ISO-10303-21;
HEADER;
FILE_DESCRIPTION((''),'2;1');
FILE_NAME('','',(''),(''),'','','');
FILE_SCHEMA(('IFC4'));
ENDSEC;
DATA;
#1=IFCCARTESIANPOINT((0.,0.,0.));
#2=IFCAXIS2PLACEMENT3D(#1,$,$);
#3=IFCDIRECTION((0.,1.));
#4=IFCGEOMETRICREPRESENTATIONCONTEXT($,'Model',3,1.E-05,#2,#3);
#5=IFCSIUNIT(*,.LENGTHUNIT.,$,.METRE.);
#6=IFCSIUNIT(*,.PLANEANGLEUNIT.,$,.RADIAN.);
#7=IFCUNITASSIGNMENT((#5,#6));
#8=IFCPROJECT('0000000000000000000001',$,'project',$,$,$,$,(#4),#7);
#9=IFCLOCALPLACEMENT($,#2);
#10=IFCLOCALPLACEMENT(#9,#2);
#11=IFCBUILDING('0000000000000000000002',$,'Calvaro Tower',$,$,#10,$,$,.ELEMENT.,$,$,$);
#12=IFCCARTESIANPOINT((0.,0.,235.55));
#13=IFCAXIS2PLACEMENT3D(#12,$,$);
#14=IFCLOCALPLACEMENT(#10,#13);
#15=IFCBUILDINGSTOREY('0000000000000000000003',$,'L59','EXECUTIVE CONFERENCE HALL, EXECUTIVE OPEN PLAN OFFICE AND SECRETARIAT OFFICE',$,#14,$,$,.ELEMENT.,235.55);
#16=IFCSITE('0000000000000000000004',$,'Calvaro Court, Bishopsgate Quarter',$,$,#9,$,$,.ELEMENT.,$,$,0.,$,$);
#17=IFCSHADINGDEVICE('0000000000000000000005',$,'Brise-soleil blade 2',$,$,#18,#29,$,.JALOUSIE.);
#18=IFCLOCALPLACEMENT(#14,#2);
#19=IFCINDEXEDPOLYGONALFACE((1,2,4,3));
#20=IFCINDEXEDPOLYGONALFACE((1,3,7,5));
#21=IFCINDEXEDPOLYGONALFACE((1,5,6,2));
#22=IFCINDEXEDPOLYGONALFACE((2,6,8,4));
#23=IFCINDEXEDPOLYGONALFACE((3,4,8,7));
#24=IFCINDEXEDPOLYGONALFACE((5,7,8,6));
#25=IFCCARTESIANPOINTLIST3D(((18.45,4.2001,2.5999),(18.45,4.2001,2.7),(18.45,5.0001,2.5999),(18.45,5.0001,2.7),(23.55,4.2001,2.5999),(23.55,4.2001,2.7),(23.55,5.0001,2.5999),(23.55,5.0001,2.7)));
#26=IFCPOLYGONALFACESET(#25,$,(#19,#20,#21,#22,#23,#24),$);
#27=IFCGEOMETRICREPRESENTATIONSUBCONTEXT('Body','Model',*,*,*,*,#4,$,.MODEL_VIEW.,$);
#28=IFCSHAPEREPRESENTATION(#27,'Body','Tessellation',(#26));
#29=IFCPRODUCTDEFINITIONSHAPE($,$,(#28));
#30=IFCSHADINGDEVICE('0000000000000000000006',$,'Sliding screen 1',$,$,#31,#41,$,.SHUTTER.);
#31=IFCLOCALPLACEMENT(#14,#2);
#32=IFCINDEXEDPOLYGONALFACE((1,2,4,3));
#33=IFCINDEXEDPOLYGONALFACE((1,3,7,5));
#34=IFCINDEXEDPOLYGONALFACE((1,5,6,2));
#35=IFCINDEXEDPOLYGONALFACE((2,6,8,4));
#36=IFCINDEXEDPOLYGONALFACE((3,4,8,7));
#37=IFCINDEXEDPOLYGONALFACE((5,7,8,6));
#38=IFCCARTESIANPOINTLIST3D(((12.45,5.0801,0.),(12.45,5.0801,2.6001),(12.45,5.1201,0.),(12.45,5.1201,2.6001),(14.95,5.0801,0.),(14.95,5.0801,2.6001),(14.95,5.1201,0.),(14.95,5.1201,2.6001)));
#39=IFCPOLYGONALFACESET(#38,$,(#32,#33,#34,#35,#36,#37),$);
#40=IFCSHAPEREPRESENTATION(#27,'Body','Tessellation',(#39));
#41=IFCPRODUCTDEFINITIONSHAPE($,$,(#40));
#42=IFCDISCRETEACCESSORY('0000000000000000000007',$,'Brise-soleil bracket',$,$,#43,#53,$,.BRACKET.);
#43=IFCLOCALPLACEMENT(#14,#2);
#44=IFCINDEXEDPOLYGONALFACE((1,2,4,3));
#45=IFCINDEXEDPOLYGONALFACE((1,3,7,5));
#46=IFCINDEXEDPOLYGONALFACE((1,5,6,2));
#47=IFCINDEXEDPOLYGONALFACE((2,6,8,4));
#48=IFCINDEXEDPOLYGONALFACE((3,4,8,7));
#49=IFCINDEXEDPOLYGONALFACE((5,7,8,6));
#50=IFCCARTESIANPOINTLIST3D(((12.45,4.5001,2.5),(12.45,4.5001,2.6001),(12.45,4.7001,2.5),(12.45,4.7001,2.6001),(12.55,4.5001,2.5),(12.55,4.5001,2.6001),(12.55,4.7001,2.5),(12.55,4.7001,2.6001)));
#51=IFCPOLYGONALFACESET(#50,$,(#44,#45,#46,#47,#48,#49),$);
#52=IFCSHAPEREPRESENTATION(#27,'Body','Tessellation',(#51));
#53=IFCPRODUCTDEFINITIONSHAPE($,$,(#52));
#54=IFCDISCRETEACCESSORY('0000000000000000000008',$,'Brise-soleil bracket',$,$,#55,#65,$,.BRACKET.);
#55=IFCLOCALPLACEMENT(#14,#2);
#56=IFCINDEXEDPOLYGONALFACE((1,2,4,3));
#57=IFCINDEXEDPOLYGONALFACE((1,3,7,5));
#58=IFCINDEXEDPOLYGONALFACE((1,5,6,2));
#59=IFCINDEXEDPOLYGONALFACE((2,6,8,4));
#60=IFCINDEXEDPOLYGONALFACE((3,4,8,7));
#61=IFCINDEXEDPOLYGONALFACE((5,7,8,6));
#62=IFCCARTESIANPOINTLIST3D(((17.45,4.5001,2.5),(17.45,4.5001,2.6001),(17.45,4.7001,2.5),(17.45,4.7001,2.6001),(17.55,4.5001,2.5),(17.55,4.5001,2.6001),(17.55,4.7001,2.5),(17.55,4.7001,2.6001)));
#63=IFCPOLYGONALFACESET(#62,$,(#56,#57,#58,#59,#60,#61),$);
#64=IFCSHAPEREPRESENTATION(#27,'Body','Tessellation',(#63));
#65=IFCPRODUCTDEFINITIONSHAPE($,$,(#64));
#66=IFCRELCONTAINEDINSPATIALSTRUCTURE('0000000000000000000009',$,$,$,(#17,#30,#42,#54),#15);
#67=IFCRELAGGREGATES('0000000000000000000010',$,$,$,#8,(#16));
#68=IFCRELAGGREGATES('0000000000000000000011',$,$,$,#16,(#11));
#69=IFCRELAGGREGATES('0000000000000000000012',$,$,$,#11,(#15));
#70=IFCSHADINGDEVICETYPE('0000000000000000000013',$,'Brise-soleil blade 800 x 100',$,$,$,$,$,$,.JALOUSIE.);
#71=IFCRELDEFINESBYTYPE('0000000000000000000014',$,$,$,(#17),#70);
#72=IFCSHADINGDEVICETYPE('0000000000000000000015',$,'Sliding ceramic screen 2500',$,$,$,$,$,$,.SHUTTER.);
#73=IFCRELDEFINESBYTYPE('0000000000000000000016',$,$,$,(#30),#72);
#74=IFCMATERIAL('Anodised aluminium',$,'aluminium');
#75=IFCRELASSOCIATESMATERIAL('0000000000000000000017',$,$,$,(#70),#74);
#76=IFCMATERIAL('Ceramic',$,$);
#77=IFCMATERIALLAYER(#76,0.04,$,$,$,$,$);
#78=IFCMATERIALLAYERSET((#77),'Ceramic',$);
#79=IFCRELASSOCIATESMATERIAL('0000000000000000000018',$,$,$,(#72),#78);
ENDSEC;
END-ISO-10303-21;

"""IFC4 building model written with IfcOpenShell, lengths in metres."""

from ifc_helpers import new_model, si_unit, direction, frame, origin, origin_2d, place, context, subcontext, project, spatial, rectangle, extrude, material, layer, layer_set, material_profile, profile_set, type_object, element, save


model = new_model("IFC4")

# Units and contexts
model_context = context("Model", 3, precision=1e-05, world=origin(), true_north=direction((0.0, 1.0)))
body_context = subcontext(model_context, "Body", "Model", "MODEL_VIEW")
ifc_project = project(units=[si_unit("LENGTHUNIT", "METRE"), si_unit("PLANEANGLEUNIT", "RADIAN")], contexts=[model_context])

# Site, building, storey
site_placement = place(None, origin())
site = spatial("IfcSite", under=ifc_project, at=site_placement, Name="Calvaro Court, Bishopsgate Quarter", CompositionType="ELEMENT", RefElevation=0.0)
building_placement = place(site_placement, origin())
building = spatial("IfcBuilding", under=site, at=building_placement, Name="Calvaro Tower", CompositionType="ELEMENT")
storey_placement = place(building_placement, frame((0.0, 0.0, 235.55)))
storey = spatial("IfcBuildingStorey", under=building, at=storey_placement, Name="L59", Description="EXECUTIVE CONFERENCE HALL, EXECUTIVE OPEN PLAN OFFICE AND SECRETARIAT OFFICE", CompositionType="ELEMENT", Elevation=235.55)

# Shading devices
ifc_material_1 = material(Name="Anodised aluminium", Category="aluminium")
ifc_material_profile_1 = material_profile(ifc_material_1, rectangle(XDim=0.8, YDim=0.1001, at=origin_2d()), Name="Brise-soleil blade 800 x 100")
ifc_profile_set_1 = profile_set([ifc_material_profile_1], Name="Anodised aluminium")
shading_device_type_1 = type_object("IfcShadingDeviceType", Name="Brise-soleil blade 800 x 100", PredefinedType="JALOUSIE", material=ifc_profile_set_1)
for number, where, z_axis, x_axis, name in (
    (1, (18.45, 4.6001, 2.6499), (1.0, 0.0, 0.0), (0.0, 1.0, 0.0), "Brise-soleil blade 2"),
):
    element("IfcShadingDevice", number, at=place(storey_placement, frame(where, z_axis=z_axis, x_axis=x_axis)), inside=storey, type_object=shading_device_type_1, Name=name, PredefinedType="JALOUSIE", context=body_context, shape_type="SweptSolid", body=[
        extrude(rectangle(XDim=0.8, YDim=0.1001, at=origin_2d()), origin(), (0.0, 0.0, 1.0), 5.1001),
    ])
ifc_material_2 = material(Name="Ceramic")
ifc_layer_1 = layer(ifc_material_2, 0.04)
ifc_layer_set_1 = layer_set([ifc_layer_1], Name="Ceramic")
shading_device_type_2 = type_object("IfcShadingDeviceType", Name="Sliding ceramic screen 2500", PredefinedType="SHUTTER", material=ifc_layer_set_1)
shading_device_placement = place(storey_placement, frame((13.7, 5.1001, 0.0), z_axis=(0.0, 0.0, 1.0), x_axis=(1.0, 0.0, 0.0)))
element("IfcShadingDevice", 2, at=shading_device_placement, inside=storey, type_object=shading_device_type_2, Name="Sliding screen 1", PredefinedType="SHUTTER", context=body_context, shape_type="SweptSolid", body=[
    extrude(rectangle(XDim=2.5, YDim=0.04, at=origin_2d()), origin(), (0.0, 0.0, 1.0), 2.6001),
])

# Discrete accessories
for number, where, z_axis, x_axis, name in (
    (3, (12.5, 4.6001, 2.5), (0.0, 0.0, 1.0), (1.0, 0.0, 0.0), "Brise-soleil bracket"),
    (4, (17.5, 4.6001, 2.5), (0.0, 0.0, 1.0), (1.0, 0.0, 0.0), "Brise-soleil bracket"),
):
    element("IfcDiscreteAccessory", number, at=place(storey_placement, frame(where, z_axis=z_axis, x_axis=x_axis)), inside=storey, Name=name, PredefinedType="BRACKET", context=body_context, shape_type="SweptSolid", body=[
        extrude(rectangle(XDim=0.1001, YDim=0.2, at=origin_2d()), origin(), (0.0, 0.0, 1.0), 0.1001),
    ])

save(model, "model.ifc")
